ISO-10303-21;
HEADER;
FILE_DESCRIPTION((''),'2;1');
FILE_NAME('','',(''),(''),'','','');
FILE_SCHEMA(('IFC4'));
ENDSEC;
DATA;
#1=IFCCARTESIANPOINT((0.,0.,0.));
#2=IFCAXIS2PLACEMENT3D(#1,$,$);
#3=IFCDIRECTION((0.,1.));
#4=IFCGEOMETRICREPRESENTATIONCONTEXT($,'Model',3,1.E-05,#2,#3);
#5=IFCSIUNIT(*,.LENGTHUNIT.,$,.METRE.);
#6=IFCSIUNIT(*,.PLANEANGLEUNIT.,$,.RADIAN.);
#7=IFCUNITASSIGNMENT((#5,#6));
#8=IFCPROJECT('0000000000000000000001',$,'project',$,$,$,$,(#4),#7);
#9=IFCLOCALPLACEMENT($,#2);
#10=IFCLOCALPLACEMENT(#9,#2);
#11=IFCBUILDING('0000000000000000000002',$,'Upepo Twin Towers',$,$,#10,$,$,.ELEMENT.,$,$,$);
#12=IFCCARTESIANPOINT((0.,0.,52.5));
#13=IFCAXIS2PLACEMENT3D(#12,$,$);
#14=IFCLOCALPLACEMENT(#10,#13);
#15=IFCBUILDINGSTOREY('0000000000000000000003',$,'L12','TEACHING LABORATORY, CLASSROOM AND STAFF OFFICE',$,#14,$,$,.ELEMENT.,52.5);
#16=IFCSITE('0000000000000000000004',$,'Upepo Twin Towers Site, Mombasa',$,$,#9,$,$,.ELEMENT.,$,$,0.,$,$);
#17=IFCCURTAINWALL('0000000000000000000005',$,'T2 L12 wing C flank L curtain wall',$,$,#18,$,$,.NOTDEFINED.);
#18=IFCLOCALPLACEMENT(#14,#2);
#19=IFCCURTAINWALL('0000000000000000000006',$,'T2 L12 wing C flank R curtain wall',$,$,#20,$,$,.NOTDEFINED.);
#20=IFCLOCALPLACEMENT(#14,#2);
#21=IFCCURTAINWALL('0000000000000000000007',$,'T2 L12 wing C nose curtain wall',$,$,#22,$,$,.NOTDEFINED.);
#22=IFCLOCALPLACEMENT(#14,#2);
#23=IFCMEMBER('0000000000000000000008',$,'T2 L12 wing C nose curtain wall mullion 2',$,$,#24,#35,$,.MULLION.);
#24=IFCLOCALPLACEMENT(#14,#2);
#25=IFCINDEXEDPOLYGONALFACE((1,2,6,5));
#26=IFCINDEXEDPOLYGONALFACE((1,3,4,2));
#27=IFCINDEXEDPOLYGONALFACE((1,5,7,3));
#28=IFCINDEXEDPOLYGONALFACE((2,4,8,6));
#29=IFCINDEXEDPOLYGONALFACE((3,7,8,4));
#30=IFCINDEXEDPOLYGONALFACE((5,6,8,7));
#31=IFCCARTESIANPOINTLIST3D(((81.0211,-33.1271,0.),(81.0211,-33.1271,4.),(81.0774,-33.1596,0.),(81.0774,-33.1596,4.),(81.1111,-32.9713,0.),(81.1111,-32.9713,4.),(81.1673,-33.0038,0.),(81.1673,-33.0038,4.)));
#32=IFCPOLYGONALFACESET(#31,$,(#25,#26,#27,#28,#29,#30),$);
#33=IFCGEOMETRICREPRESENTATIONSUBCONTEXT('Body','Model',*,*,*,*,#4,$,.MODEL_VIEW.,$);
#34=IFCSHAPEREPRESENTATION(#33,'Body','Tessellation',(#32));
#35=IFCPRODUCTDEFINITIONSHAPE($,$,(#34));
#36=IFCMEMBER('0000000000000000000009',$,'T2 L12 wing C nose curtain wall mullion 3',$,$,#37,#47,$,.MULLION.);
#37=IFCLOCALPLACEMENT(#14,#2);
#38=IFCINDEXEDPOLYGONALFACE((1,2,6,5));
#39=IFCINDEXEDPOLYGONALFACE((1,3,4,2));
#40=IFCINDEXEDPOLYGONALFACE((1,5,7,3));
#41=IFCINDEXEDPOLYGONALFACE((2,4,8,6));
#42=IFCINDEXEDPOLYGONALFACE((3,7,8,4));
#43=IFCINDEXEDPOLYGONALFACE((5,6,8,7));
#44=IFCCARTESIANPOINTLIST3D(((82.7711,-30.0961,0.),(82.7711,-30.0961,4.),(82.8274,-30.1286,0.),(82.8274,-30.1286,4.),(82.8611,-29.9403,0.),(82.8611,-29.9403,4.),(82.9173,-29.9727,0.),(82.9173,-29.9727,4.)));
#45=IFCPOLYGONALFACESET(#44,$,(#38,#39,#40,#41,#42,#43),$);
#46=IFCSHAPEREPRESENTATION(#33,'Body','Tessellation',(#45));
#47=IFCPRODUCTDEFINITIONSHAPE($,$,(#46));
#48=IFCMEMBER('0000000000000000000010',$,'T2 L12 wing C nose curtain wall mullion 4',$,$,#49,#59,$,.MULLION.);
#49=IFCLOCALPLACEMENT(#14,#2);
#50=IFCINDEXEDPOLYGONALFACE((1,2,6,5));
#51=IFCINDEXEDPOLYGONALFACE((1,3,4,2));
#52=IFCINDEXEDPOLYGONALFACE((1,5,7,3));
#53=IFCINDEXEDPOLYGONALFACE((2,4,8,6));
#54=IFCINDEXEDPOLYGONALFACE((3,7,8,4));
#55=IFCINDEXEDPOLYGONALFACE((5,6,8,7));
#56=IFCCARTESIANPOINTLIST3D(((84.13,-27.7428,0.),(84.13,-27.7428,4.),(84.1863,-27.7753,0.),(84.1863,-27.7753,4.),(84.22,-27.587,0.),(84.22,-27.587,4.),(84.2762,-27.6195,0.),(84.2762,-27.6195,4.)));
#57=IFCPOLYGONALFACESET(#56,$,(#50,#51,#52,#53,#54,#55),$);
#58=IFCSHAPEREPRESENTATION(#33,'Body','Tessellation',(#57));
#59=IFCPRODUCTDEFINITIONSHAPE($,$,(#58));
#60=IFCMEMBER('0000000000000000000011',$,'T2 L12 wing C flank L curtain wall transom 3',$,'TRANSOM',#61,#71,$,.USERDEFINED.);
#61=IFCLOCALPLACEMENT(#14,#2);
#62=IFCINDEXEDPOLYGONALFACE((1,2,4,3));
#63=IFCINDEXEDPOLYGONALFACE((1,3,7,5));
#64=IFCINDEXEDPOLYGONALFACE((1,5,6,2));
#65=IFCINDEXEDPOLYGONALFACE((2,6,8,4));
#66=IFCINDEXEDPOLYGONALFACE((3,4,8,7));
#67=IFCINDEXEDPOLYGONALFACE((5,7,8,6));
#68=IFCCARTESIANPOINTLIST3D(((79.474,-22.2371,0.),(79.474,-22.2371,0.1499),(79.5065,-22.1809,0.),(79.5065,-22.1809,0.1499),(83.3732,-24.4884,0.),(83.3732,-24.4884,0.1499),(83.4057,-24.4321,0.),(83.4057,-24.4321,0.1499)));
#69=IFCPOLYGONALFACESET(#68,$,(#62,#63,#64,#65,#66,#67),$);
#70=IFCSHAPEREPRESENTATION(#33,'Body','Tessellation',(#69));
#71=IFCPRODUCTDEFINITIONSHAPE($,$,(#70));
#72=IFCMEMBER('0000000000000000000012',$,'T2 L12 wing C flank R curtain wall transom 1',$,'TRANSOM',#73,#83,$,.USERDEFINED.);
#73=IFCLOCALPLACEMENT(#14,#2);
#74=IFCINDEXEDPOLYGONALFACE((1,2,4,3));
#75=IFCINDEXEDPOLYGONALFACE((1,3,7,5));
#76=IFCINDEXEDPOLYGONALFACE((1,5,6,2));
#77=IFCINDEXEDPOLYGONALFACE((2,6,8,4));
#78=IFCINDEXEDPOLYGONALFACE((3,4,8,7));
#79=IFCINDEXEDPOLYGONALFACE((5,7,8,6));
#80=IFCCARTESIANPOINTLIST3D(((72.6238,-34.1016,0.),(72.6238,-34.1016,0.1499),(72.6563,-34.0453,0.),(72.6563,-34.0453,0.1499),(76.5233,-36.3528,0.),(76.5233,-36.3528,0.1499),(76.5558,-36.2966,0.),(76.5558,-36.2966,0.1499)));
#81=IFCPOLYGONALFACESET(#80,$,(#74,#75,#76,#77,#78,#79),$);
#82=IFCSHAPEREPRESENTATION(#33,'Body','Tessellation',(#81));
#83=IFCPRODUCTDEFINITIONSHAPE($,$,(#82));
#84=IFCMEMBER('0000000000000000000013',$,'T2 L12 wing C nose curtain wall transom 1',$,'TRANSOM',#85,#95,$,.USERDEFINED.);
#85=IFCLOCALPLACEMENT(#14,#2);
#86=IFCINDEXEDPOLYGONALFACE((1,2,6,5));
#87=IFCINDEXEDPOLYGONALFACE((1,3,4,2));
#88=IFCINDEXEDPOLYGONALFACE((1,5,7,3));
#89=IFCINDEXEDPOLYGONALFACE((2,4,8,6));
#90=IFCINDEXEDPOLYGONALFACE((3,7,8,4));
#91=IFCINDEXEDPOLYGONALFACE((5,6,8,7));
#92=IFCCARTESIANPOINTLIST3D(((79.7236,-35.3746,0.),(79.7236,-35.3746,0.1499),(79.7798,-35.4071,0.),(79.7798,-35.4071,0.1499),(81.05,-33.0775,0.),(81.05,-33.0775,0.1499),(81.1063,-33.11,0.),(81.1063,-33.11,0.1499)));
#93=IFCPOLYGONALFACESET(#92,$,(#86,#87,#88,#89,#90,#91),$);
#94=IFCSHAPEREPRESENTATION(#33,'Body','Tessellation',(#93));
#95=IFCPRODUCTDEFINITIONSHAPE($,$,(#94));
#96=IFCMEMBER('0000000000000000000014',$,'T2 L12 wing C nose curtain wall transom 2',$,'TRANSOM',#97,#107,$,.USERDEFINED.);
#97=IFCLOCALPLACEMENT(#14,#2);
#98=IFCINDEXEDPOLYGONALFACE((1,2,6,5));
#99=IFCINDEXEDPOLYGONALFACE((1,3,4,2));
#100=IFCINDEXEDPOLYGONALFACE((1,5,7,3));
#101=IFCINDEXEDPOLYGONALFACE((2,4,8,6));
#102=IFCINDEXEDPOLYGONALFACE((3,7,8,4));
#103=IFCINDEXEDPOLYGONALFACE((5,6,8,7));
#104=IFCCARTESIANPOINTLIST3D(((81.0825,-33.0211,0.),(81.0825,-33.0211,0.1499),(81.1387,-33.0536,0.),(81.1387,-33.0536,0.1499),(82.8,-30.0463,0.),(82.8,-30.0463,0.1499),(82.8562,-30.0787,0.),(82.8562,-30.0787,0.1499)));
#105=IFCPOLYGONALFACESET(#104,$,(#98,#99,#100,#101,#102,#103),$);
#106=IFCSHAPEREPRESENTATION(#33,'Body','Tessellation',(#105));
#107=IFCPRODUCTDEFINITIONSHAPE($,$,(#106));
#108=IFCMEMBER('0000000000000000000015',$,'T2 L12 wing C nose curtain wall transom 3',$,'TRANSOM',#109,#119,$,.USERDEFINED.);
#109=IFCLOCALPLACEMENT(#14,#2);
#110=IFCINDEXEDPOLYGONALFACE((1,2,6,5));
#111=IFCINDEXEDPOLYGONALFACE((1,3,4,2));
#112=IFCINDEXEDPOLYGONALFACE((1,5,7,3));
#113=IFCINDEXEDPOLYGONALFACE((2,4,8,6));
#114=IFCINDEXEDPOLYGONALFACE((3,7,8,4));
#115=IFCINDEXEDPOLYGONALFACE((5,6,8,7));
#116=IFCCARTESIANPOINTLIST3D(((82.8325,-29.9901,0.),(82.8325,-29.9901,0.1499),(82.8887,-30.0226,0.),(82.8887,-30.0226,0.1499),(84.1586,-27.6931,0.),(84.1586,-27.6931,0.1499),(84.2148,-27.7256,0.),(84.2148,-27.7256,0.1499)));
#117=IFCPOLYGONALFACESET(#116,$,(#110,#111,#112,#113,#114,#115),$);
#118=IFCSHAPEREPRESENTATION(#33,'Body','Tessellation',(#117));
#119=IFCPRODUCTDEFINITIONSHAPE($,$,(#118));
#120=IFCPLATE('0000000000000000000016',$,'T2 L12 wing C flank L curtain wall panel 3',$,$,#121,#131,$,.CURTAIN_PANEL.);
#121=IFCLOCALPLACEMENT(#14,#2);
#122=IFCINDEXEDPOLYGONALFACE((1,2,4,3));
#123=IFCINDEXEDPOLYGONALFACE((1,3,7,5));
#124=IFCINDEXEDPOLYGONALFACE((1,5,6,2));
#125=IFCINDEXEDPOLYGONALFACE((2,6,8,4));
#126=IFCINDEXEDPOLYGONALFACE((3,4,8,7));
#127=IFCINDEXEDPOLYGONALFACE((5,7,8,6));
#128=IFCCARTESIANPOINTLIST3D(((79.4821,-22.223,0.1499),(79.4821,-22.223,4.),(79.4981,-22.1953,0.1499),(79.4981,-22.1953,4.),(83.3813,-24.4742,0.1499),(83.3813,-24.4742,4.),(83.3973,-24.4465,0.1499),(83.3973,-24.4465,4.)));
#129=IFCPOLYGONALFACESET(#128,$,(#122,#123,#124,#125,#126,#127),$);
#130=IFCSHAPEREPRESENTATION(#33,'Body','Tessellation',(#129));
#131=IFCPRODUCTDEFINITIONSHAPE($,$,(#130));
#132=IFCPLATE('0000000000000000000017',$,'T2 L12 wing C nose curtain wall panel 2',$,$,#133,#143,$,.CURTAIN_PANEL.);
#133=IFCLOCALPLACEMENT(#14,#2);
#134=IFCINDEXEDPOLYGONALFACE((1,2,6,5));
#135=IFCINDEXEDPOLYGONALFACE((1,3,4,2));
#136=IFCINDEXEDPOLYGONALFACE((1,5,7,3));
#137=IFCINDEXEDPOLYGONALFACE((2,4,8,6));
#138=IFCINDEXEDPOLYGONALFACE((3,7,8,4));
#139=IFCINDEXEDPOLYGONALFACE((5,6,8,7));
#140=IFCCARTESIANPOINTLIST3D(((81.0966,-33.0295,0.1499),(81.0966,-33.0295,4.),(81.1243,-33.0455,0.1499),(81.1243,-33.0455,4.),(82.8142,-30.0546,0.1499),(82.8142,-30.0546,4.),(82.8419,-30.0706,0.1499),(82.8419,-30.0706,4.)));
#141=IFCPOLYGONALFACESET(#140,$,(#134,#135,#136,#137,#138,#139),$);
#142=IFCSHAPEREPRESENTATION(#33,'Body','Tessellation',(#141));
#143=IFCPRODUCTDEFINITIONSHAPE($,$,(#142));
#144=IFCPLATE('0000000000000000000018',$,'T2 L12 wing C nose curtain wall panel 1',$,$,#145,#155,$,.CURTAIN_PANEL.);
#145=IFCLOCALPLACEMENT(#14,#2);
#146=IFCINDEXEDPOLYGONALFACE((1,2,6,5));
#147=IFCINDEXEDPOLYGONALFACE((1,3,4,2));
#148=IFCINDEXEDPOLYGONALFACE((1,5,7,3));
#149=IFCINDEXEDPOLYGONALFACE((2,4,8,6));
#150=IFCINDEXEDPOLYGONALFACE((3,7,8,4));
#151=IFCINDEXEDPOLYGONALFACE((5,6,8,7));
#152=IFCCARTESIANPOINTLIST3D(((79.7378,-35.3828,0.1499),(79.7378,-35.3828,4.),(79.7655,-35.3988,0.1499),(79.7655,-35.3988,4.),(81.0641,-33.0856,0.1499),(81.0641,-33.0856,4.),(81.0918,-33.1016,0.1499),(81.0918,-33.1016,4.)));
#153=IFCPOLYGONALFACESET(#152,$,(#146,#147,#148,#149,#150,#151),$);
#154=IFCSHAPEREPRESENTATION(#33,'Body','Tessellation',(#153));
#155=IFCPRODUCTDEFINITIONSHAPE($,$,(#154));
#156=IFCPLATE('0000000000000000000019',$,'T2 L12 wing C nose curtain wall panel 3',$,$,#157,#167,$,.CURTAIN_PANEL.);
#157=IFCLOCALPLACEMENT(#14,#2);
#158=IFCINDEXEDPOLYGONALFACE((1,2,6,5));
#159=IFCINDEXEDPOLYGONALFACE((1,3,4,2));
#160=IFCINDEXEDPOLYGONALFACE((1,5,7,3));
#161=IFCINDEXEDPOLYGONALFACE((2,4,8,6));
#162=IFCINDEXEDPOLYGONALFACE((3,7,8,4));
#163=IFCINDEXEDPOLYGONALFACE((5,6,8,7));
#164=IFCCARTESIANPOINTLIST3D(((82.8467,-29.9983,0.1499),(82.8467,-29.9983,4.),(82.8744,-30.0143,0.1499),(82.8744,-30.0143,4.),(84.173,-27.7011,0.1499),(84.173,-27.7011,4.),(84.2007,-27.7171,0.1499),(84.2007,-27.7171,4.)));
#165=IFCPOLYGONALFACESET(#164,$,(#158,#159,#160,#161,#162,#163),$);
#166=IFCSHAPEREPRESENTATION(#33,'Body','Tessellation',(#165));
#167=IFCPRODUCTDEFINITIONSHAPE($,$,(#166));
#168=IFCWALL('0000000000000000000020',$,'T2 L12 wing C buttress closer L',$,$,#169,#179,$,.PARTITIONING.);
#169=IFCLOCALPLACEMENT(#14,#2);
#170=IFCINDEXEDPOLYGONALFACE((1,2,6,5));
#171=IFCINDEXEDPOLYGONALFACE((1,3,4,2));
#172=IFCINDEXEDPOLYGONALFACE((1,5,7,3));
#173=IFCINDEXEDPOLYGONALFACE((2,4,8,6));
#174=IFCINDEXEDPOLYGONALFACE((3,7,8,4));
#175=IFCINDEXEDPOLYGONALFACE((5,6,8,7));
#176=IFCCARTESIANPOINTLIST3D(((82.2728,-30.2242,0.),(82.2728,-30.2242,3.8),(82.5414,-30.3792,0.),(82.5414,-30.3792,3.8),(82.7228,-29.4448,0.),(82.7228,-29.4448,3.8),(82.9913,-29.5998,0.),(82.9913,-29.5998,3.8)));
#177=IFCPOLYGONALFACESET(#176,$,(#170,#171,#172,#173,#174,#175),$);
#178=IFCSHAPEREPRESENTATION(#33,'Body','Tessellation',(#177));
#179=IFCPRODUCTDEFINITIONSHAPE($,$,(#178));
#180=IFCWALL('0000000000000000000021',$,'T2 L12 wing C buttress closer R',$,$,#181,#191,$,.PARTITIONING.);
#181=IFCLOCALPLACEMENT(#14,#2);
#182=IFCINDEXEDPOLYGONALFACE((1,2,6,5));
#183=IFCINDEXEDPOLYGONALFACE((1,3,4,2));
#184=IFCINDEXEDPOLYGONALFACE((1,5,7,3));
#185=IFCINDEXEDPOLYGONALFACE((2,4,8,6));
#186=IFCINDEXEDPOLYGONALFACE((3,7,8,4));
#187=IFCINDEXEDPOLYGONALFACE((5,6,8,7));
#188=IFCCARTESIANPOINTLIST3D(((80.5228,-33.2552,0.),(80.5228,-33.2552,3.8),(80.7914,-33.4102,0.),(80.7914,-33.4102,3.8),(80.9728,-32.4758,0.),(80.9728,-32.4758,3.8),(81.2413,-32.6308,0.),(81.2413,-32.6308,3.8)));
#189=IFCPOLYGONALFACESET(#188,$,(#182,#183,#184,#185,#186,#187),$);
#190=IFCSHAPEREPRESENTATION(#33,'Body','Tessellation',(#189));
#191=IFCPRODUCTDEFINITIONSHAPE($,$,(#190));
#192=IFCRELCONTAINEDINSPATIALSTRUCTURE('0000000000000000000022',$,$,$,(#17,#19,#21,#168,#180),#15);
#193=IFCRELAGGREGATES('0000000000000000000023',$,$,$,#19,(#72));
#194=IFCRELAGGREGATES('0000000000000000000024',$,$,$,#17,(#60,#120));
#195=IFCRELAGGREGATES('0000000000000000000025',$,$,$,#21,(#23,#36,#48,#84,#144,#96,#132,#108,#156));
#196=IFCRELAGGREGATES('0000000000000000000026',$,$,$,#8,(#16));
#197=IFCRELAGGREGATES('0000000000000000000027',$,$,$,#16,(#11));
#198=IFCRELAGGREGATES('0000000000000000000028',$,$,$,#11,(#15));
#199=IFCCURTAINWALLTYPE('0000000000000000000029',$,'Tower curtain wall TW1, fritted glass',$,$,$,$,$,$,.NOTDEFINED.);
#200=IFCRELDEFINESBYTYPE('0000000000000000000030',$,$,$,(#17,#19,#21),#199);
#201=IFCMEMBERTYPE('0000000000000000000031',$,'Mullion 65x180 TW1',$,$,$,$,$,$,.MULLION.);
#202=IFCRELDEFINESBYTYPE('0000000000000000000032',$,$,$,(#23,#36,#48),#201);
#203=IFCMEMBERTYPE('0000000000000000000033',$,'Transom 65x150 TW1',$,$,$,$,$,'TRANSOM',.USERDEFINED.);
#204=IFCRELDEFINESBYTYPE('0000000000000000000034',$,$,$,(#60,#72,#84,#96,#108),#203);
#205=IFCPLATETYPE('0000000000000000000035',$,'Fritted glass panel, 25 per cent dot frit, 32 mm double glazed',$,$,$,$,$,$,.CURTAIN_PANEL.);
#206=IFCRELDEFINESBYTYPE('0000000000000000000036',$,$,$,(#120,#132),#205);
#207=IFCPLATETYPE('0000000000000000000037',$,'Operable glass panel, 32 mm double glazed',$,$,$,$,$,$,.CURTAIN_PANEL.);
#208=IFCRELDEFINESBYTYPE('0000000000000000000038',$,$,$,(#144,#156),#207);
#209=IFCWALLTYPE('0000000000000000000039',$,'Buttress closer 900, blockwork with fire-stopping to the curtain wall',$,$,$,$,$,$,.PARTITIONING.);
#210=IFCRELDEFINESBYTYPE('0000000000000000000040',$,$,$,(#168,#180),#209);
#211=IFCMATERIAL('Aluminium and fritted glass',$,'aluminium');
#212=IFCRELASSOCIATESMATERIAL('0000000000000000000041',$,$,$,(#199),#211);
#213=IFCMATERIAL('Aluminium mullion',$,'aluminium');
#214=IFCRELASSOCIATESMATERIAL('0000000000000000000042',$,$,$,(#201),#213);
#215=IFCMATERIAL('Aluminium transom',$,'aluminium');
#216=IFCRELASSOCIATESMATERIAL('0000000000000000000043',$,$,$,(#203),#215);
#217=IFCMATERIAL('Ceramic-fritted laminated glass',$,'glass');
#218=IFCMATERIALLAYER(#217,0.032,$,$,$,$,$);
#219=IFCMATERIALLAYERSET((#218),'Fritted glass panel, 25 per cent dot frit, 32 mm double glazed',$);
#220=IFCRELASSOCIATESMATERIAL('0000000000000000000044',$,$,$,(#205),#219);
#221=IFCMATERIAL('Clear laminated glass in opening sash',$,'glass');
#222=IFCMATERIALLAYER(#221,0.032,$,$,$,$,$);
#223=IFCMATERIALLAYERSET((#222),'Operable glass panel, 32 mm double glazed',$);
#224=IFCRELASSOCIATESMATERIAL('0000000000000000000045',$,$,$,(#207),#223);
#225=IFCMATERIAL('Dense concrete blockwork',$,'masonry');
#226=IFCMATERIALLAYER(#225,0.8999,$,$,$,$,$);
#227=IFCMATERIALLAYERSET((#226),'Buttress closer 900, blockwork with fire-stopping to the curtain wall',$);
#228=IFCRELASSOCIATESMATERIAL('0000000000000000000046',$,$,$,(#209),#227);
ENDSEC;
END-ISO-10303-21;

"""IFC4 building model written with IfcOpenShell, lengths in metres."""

from ifc_helpers import new_model, si_unit, direction, frame, frame_2d, origin, origin_2d, place, context, subcontext, project, spatial, rectangle, extrude, material, layer, layer_set, material_profile, profile_set, type_object, element, aggregate, save


model = new_model("IFC4")

# Units and contexts
model_context = context("Model", 3, precision=1e-05, world=origin(), true_north=direction((0.0, 1.0)))
body_context = subcontext(model_context, "Body", "Model", "MODEL_VIEW")
ifc_project = project(units=[si_unit("LENGTHUNIT", "METRE"), si_unit("PLANEANGLEUNIT", "RADIAN")], contexts=[model_context])

# Site, building, storey
site_placement = place(None, origin())
site = spatial("IfcSite", under=ifc_project, at=site_placement, Name="Upepo Twin Towers Site, Mombasa", CompositionType="ELEMENT", RefElevation=0.0)
building_placement = place(site_placement, origin())
building = spatial("IfcBuilding", under=site, at=building_placement, Name="Upepo Twin Towers", CompositionType="ELEMENT")
storey_placement = place(building_placement, frame((0.0, 0.0, 52.5)))
storey = spatial("IfcBuildingStorey", under=building, at=storey_placement, Name="L12", Description="TEACHING LABORATORY, CLASSROOM AND STAFF OFFICE", CompositionType="ELEMENT", Elevation=52.5)

# Curtain wall
ifc_material_1 = material(Name="Aluminium and fritted glass", Category="aluminium")
curtain_wall_type = type_object("IfcCurtainWallType", Name="Tower curtain wall TW1, fritted glass", PredefinedType="NOTDEFINED", material=ifc_material_1)
curtain_wall_1_placement = place(storey_placement, origin())
curtain_wall_1 = element("IfcCurtainWall", 1, at=curtain_wall_1_placement, inside=storey, type_object=curtain_wall_type, Name="T2 L12 wing C flank L curtain wall", PredefinedType="NOTDEFINED")
ifc_material_2 = material(Name="Aluminium mullion", Category="aluminium")
ifc_material_profile_1 = material_profile(ifc_material_2, rectangle(XDim=0.0649, YDim=0.1799, at=origin_2d()), Name="MULLION 65x180")
ifc_profile_set_1 = profile_set([ifc_material_profile_1], Name="Aluminium mullion")
member_type_1 = type_object("IfcMemberType", Name="Mullion 65x180 TW1", PredefinedType="MULLION", material=ifc_profile_set_1)

# Curtain wall
curtain_wall_2_placement = place(storey_placement, origin())
curtain_wall_2 = element("IfcCurtainWall", 2, at=curtain_wall_2_placement, inside=storey, type_object=curtain_wall_type, Name="T2 L12 wing C flank R curtain wall", PredefinedType="NOTDEFINED")

# Curtain wall, members
curtain_wall_3_placement = place(storey_placement, origin())
curtain_wall_3 = element("IfcCurtainWall", 3, at=curtain_wall_3_placement, inside=storey, type_object=curtain_wall_type, Name="T2 L12 wing C nose curtain wall", PredefinedType="NOTDEFINED")
member_1_placement = place(storey_placement, frame((81.0942, -33.0654, 0.0), z_axis=(0.0, 0.0, 1.0), x_axis=(-0.866025, 0.5, 0.0)))
member_1 = element("IfcMember", 4, at=member_1_placement, type_object=member_type_1, Name="T2 L12 wing C nose curtain wall mullion 2", PredefinedType="MULLION", context=body_context, shape_type="SweptSolid", body=[
    extrude(rectangle(XDim=0.0649, YDim=0.1799, at=origin_2d()), origin(), (0.0, 0.0, 1.0), 4.0),
])
member_2_placement = place(storey_placement, frame((82.8442, -30.0344, 0.0), z_axis=(0.0, 0.0, 1.0), x_axis=(-0.866025, 0.5, 0.0)))
member_2 = element("IfcMember", 5, at=member_2_placement, type_object=member_type_1, Name="T2 L12 wing C nose curtain wall mullion 3", PredefinedType="MULLION", context=body_context, shape_type="SweptSolid", body=[
    extrude(rectangle(XDim=0.0649, YDim=0.1799, at=origin_2d()), origin(), (0.0, 0.0, 1.0), 4.0),
])
member_3_placement = place(storey_placement, frame((84.2031, -27.6812, 0.0), z_axis=(0.0, 0.0, 1.0), x_axis=(-0.866025, 0.5, 0.0)))
member_3 = element("IfcMember", 6, at=member_3_placement, type_object=member_type_1, Name="T2 L12 wing C nose curtain wall mullion 4", PredefinedType="MULLION", context=body_context, shape_type="SweptSolid", body=[
    extrude(rectangle(XDim=0.0649, YDim=0.1799, at=origin_2d()), origin(), (0.0, 0.0, 1.0), 4.0),
])

# Members
ifc_material_3 = material(Name="Aluminium transom", Category="aluminium")
ifc_material_profile_2 = material_profile(ifc_material_3, rectangle(XDim=0.0649, YDim=0.1499, at=origin_2d()), Name="TRANSOM 65x150")
ifc_profile_set_2 = profile_set([ifc_material_profile_2], Name="Aluminium transom")
member_type_2 = type_object("IfcMemberType", Name="Transom 65x150 TW1", ElementType="TRANSOM", PredefinedType="USERDEFINED", material=ifc_profile_set_2)
member_4_placement = place(storey_placement, frame((79.4902, -22.209, 0.075), z_axis=(0.866022, -0.500006, 0.0), x_axis=(0.500006, 0.866022, 0.0)))
member_4 = element("IfcMember", 7, at=member_4_placement, type_object=member_type_2, Name="T2 L12 wing C flank L curtain wall transom 3", ObjectType="TRANSOM", PredefinedType="USERDEFINED", context=body_context, shape_type="SweptSolid", body=[
    extrude(rectangle(XDim=0.0649, YDim=0.1499, at=origin_2d()), origin(), (0.0, 0.0, 1.0), 4.5024),
])
member_5_placement = place(storey_placement, frame((76.5396, -36.3247, 0.075), z_axis=(-0.866036, 0.499982, 0.0), x_axis=(-0.499982, -0.866036, 0.0)))
member_5 = element("IfcMember", 8, at=member_5_placement, type_object=member_type_2, Name="T2 L12 wing C flank R curtain wall transom 1", ObjectType="TRANSOM", PredefinedType="USERDEFINED", context=body_context, shape_type="SweptSolid", body=[
    extrude(rectangle(XDim=0.0649, YDim=0.1499, at=origin_2d()), origin(), (0.0, 0.0, 1.0), 4.5027),
])
aggregate(curtain_wall_2, [member_5])
member_6_placement = place(storey_placement, frame((79.7517, -35.3909, 0.075), z_axis=(0.500049, 0.865997, 0.0), x_axis=(-0.865997, 0.500049, 0.0)))
member_6 = element("IfcMember", 9, at=member_6_placement, type_object=member_type_2, Name="T2 L12 wing C nose curtain wall transom 1", ObjectType="TRANSOM", PredefinedType="USERDEFINED", context=body_context, shape_type="SweptSolid", body=[
    extrude(rectangle(XDim=0.0649, YDim=0.1499, at=origin_2d()), origin(), (0.0, 0.0, 1.0), 2.6526),
])
member_7_placement = place(storey_placement, frame((81.1106, -33.0374, 0.075), z_axis=(0.499999, 0.866026, 0.0), x_axis=(-0.866026, 0.499999, 0.0)))
member_7 = element("IfcMember", 10, at=member_7_placement, type_object=member_type_2, Name="T2 L12 wing C nose curtain wall transom 2", ObjectType="TRANSOM", PredefinedType="USERDEFINED", context=body_context, shape_type="SweptSolid", body=[
    extrude(rectangle(XDim=0.0649, YDim=0.1499, at=origin_2d()), origin(), (0.0, 0.0, 1.0), 3.4351),
])
member_8_placement = place(storey_placement, frame((82.8606, -30.0063, 0.075), z_axis=(0.49998, 0.866037, 0.0), x_axis=(-0.866037, 0.49998, 0.0)))
member_8 = element("IfcMember", 11, at=member_8_placement, type_object=member_type_2, Name="T2 L12 wing C nose curtain wall transom 3", ObjectType="TRANSOM", PredefinedType="USERDEFINED", context=body_context, shape_type="SweptSolid", body=[
    extrude(rectangle(XDim=0.0649, YDim=0.1499, at=origin_2d()), origin(), (0.0, 0.0, 1.0), 2.6523),
])

# Plates
ifc_material_4 = material(Name="Ceramic-fritted laminated glass", Category="glass")
ifc_layer_1 = layer(ifc_material_4, 0.032)
ifc_layer_set_1 = layer_set([ifc_layer_1], Name="Fritted glass panel, 25 per cent dot frit, 32 mm double glazed")
plate_type_1 = type_object("IfcPlateType", Name="Fritted glass panel, 25 per cent dot frit, 32 mm double glazed", PredefinedType="CURTAIN_PANEL", material=ifc_layer_set_1)
plate_1_placement = place(storey_placement, frame((81.4397, -23.3347, 0.1499), z_axis=(0.0, 0.0, 1.0), x_axis=(0.866025, -0.5, 0.0)))
plate_1 = element("IfcPlate", 12, at=plate_1_placement, type_object=plate_type_1, Name="T2 L12 wing C flank L curtain wall panel 3", PredefinedType="CURTAIN_PANEL", context=body_context, shape_type="SweptSolid", body=[
    extrude(rectangle(XDim=4.5024, YDim=0.032, at=origin_2d()), origin(), (0.0, 0.0, 1.0), 3.8501),
])
aggregate(curtain_wall_1, [member_4, plate_1])
plate_2_placement = place(storey_placement, frame((81.9692, -31.55, 0.1499), z_axis=(0.0, 0.0, 1.0), x_axis=(0.5, 0.866025, 0.0)))
plate_2 = element("IfcPlate", 13, at=plate_2_placement, type_object=plate_type_1, Name="T2 L12 wing C nose curtain wall panel 2", PredefinedType="CURTAIN_PANEL", context=body_context, shape_type="SweptSolid", body=[
    extrude(rectangle(XDim=3.4351, YDim=0.032, at=origin_2d()), origin(), (0.0, 0.0, 1.0), 3.8501),
])
ifc_material_5 = material(Name="Clear laminated glass in opening sash", Category="glass")
ifc_layer_2 = layer(ifc_material_5, 0.032)
ifc_layer_set_2 = layer_set([ifc_layer_2], Name="Operable glass panel, 32 mm double glazed")
plate_type_2 = type_object("IfcPlateType", Name="Operable glass panel, 32 mm double glazed", PredefinedType="CURTAIN_PANEL", material=ifc_layer_set_2)
plate_3_placement = place(storey_placement, frame((80.4148, -34.2422, 0.1499), z_axis=(0.0, 0.0, 1.0), x_axis=(0.5, 0.866025, 0.0)))
plate_3 = element("IfcPlate", 14, at=plate_3_placement, type_object=plate_type_2, Name="T2 L12 wing C nose curtain wall panel 1", PredefinedType="CURTAIN_PANEL", context=body_context, shape_type="SweptSolid", body=[
    extrude(rectangle(XDim=2.6526, YDim=0.032, at=origin_2d()), origin(), (0.0, 0.0, 1.0), 3.8501),
])
plate_4_placement = place(storey_placement, frame((83.5237, -28.8577, 0.1499), z_axis=(0.0, 0.0, 1.0), x_axis=(0.5, 0.866025, 0.0)))
plate_4 = element("IfcPlate", 15, at=plate_4_placement, type_object=plate_type_2, Name="T2 L12 wing C nose curtain wall panel 3", PredefinedType="CURTAIN_PANEL", context=body_context, shape_type="SweptSolid", body=[
    extrude(rectangle(XDim=2.6526, YDim=0.032, at=origin_2d()), origin(), (0.0, 0.0, 1.0), 3.8501),
])
aggregate(curtain_wall_3, [member_1, member_2, member_3, member_6, plate_3, member_7, plate_2, member_8, plate_4])

# Walls
ifc_material_6 = material(Name="Dense concrete blockwork", Category="masonry")
ifc_layer_3 = layer(ifc_material_6, 0.8999)
ifc_layer_set_3 = layer_set([ifc_layer_3], Name="Buttress closer 900, blockwork with fire-stopping to the curtain wall")
wall_type_1 = type_object("IfcWallType", Name="Buttress closer 900, blockwork with fire-stopping to the curtain wall", PredefinedType="PARTITIONING", material=ifc_layer_set_3)
for number, where, z_axis, x_axis, name in (
    (16, (82.4978, -29.8345, 0.0), (0.0, 0.0, 1.0), (0.866054, -0.49995, 0.0), "T2 L12 wing C buttress closer L"),
    (17, (80.7478, -32.8655, 0.0), (0.0, 0.0, 1.0), (0.866054, -0.49995, 0.0), "T2 L12 wing C buttress closer R"),
):
    element("IfcWall", number, at=place(storey_placement, frame(where, z_axis=z_axis, x_axis=x_axis)), inside=storey, type_object=wall_type_1, Name=name, PredefinedType="PARTITIONING", context=body_context, shape_type="SweptSolid", body=[
        extrude(rectangle(XDim=0.3101, YDim=0.8999, at=frame_2d((0.155, 0.0))), origin(), (0.0, 0.0, 1.0), 3.8),
    ])

save(model, "model.ifc")
